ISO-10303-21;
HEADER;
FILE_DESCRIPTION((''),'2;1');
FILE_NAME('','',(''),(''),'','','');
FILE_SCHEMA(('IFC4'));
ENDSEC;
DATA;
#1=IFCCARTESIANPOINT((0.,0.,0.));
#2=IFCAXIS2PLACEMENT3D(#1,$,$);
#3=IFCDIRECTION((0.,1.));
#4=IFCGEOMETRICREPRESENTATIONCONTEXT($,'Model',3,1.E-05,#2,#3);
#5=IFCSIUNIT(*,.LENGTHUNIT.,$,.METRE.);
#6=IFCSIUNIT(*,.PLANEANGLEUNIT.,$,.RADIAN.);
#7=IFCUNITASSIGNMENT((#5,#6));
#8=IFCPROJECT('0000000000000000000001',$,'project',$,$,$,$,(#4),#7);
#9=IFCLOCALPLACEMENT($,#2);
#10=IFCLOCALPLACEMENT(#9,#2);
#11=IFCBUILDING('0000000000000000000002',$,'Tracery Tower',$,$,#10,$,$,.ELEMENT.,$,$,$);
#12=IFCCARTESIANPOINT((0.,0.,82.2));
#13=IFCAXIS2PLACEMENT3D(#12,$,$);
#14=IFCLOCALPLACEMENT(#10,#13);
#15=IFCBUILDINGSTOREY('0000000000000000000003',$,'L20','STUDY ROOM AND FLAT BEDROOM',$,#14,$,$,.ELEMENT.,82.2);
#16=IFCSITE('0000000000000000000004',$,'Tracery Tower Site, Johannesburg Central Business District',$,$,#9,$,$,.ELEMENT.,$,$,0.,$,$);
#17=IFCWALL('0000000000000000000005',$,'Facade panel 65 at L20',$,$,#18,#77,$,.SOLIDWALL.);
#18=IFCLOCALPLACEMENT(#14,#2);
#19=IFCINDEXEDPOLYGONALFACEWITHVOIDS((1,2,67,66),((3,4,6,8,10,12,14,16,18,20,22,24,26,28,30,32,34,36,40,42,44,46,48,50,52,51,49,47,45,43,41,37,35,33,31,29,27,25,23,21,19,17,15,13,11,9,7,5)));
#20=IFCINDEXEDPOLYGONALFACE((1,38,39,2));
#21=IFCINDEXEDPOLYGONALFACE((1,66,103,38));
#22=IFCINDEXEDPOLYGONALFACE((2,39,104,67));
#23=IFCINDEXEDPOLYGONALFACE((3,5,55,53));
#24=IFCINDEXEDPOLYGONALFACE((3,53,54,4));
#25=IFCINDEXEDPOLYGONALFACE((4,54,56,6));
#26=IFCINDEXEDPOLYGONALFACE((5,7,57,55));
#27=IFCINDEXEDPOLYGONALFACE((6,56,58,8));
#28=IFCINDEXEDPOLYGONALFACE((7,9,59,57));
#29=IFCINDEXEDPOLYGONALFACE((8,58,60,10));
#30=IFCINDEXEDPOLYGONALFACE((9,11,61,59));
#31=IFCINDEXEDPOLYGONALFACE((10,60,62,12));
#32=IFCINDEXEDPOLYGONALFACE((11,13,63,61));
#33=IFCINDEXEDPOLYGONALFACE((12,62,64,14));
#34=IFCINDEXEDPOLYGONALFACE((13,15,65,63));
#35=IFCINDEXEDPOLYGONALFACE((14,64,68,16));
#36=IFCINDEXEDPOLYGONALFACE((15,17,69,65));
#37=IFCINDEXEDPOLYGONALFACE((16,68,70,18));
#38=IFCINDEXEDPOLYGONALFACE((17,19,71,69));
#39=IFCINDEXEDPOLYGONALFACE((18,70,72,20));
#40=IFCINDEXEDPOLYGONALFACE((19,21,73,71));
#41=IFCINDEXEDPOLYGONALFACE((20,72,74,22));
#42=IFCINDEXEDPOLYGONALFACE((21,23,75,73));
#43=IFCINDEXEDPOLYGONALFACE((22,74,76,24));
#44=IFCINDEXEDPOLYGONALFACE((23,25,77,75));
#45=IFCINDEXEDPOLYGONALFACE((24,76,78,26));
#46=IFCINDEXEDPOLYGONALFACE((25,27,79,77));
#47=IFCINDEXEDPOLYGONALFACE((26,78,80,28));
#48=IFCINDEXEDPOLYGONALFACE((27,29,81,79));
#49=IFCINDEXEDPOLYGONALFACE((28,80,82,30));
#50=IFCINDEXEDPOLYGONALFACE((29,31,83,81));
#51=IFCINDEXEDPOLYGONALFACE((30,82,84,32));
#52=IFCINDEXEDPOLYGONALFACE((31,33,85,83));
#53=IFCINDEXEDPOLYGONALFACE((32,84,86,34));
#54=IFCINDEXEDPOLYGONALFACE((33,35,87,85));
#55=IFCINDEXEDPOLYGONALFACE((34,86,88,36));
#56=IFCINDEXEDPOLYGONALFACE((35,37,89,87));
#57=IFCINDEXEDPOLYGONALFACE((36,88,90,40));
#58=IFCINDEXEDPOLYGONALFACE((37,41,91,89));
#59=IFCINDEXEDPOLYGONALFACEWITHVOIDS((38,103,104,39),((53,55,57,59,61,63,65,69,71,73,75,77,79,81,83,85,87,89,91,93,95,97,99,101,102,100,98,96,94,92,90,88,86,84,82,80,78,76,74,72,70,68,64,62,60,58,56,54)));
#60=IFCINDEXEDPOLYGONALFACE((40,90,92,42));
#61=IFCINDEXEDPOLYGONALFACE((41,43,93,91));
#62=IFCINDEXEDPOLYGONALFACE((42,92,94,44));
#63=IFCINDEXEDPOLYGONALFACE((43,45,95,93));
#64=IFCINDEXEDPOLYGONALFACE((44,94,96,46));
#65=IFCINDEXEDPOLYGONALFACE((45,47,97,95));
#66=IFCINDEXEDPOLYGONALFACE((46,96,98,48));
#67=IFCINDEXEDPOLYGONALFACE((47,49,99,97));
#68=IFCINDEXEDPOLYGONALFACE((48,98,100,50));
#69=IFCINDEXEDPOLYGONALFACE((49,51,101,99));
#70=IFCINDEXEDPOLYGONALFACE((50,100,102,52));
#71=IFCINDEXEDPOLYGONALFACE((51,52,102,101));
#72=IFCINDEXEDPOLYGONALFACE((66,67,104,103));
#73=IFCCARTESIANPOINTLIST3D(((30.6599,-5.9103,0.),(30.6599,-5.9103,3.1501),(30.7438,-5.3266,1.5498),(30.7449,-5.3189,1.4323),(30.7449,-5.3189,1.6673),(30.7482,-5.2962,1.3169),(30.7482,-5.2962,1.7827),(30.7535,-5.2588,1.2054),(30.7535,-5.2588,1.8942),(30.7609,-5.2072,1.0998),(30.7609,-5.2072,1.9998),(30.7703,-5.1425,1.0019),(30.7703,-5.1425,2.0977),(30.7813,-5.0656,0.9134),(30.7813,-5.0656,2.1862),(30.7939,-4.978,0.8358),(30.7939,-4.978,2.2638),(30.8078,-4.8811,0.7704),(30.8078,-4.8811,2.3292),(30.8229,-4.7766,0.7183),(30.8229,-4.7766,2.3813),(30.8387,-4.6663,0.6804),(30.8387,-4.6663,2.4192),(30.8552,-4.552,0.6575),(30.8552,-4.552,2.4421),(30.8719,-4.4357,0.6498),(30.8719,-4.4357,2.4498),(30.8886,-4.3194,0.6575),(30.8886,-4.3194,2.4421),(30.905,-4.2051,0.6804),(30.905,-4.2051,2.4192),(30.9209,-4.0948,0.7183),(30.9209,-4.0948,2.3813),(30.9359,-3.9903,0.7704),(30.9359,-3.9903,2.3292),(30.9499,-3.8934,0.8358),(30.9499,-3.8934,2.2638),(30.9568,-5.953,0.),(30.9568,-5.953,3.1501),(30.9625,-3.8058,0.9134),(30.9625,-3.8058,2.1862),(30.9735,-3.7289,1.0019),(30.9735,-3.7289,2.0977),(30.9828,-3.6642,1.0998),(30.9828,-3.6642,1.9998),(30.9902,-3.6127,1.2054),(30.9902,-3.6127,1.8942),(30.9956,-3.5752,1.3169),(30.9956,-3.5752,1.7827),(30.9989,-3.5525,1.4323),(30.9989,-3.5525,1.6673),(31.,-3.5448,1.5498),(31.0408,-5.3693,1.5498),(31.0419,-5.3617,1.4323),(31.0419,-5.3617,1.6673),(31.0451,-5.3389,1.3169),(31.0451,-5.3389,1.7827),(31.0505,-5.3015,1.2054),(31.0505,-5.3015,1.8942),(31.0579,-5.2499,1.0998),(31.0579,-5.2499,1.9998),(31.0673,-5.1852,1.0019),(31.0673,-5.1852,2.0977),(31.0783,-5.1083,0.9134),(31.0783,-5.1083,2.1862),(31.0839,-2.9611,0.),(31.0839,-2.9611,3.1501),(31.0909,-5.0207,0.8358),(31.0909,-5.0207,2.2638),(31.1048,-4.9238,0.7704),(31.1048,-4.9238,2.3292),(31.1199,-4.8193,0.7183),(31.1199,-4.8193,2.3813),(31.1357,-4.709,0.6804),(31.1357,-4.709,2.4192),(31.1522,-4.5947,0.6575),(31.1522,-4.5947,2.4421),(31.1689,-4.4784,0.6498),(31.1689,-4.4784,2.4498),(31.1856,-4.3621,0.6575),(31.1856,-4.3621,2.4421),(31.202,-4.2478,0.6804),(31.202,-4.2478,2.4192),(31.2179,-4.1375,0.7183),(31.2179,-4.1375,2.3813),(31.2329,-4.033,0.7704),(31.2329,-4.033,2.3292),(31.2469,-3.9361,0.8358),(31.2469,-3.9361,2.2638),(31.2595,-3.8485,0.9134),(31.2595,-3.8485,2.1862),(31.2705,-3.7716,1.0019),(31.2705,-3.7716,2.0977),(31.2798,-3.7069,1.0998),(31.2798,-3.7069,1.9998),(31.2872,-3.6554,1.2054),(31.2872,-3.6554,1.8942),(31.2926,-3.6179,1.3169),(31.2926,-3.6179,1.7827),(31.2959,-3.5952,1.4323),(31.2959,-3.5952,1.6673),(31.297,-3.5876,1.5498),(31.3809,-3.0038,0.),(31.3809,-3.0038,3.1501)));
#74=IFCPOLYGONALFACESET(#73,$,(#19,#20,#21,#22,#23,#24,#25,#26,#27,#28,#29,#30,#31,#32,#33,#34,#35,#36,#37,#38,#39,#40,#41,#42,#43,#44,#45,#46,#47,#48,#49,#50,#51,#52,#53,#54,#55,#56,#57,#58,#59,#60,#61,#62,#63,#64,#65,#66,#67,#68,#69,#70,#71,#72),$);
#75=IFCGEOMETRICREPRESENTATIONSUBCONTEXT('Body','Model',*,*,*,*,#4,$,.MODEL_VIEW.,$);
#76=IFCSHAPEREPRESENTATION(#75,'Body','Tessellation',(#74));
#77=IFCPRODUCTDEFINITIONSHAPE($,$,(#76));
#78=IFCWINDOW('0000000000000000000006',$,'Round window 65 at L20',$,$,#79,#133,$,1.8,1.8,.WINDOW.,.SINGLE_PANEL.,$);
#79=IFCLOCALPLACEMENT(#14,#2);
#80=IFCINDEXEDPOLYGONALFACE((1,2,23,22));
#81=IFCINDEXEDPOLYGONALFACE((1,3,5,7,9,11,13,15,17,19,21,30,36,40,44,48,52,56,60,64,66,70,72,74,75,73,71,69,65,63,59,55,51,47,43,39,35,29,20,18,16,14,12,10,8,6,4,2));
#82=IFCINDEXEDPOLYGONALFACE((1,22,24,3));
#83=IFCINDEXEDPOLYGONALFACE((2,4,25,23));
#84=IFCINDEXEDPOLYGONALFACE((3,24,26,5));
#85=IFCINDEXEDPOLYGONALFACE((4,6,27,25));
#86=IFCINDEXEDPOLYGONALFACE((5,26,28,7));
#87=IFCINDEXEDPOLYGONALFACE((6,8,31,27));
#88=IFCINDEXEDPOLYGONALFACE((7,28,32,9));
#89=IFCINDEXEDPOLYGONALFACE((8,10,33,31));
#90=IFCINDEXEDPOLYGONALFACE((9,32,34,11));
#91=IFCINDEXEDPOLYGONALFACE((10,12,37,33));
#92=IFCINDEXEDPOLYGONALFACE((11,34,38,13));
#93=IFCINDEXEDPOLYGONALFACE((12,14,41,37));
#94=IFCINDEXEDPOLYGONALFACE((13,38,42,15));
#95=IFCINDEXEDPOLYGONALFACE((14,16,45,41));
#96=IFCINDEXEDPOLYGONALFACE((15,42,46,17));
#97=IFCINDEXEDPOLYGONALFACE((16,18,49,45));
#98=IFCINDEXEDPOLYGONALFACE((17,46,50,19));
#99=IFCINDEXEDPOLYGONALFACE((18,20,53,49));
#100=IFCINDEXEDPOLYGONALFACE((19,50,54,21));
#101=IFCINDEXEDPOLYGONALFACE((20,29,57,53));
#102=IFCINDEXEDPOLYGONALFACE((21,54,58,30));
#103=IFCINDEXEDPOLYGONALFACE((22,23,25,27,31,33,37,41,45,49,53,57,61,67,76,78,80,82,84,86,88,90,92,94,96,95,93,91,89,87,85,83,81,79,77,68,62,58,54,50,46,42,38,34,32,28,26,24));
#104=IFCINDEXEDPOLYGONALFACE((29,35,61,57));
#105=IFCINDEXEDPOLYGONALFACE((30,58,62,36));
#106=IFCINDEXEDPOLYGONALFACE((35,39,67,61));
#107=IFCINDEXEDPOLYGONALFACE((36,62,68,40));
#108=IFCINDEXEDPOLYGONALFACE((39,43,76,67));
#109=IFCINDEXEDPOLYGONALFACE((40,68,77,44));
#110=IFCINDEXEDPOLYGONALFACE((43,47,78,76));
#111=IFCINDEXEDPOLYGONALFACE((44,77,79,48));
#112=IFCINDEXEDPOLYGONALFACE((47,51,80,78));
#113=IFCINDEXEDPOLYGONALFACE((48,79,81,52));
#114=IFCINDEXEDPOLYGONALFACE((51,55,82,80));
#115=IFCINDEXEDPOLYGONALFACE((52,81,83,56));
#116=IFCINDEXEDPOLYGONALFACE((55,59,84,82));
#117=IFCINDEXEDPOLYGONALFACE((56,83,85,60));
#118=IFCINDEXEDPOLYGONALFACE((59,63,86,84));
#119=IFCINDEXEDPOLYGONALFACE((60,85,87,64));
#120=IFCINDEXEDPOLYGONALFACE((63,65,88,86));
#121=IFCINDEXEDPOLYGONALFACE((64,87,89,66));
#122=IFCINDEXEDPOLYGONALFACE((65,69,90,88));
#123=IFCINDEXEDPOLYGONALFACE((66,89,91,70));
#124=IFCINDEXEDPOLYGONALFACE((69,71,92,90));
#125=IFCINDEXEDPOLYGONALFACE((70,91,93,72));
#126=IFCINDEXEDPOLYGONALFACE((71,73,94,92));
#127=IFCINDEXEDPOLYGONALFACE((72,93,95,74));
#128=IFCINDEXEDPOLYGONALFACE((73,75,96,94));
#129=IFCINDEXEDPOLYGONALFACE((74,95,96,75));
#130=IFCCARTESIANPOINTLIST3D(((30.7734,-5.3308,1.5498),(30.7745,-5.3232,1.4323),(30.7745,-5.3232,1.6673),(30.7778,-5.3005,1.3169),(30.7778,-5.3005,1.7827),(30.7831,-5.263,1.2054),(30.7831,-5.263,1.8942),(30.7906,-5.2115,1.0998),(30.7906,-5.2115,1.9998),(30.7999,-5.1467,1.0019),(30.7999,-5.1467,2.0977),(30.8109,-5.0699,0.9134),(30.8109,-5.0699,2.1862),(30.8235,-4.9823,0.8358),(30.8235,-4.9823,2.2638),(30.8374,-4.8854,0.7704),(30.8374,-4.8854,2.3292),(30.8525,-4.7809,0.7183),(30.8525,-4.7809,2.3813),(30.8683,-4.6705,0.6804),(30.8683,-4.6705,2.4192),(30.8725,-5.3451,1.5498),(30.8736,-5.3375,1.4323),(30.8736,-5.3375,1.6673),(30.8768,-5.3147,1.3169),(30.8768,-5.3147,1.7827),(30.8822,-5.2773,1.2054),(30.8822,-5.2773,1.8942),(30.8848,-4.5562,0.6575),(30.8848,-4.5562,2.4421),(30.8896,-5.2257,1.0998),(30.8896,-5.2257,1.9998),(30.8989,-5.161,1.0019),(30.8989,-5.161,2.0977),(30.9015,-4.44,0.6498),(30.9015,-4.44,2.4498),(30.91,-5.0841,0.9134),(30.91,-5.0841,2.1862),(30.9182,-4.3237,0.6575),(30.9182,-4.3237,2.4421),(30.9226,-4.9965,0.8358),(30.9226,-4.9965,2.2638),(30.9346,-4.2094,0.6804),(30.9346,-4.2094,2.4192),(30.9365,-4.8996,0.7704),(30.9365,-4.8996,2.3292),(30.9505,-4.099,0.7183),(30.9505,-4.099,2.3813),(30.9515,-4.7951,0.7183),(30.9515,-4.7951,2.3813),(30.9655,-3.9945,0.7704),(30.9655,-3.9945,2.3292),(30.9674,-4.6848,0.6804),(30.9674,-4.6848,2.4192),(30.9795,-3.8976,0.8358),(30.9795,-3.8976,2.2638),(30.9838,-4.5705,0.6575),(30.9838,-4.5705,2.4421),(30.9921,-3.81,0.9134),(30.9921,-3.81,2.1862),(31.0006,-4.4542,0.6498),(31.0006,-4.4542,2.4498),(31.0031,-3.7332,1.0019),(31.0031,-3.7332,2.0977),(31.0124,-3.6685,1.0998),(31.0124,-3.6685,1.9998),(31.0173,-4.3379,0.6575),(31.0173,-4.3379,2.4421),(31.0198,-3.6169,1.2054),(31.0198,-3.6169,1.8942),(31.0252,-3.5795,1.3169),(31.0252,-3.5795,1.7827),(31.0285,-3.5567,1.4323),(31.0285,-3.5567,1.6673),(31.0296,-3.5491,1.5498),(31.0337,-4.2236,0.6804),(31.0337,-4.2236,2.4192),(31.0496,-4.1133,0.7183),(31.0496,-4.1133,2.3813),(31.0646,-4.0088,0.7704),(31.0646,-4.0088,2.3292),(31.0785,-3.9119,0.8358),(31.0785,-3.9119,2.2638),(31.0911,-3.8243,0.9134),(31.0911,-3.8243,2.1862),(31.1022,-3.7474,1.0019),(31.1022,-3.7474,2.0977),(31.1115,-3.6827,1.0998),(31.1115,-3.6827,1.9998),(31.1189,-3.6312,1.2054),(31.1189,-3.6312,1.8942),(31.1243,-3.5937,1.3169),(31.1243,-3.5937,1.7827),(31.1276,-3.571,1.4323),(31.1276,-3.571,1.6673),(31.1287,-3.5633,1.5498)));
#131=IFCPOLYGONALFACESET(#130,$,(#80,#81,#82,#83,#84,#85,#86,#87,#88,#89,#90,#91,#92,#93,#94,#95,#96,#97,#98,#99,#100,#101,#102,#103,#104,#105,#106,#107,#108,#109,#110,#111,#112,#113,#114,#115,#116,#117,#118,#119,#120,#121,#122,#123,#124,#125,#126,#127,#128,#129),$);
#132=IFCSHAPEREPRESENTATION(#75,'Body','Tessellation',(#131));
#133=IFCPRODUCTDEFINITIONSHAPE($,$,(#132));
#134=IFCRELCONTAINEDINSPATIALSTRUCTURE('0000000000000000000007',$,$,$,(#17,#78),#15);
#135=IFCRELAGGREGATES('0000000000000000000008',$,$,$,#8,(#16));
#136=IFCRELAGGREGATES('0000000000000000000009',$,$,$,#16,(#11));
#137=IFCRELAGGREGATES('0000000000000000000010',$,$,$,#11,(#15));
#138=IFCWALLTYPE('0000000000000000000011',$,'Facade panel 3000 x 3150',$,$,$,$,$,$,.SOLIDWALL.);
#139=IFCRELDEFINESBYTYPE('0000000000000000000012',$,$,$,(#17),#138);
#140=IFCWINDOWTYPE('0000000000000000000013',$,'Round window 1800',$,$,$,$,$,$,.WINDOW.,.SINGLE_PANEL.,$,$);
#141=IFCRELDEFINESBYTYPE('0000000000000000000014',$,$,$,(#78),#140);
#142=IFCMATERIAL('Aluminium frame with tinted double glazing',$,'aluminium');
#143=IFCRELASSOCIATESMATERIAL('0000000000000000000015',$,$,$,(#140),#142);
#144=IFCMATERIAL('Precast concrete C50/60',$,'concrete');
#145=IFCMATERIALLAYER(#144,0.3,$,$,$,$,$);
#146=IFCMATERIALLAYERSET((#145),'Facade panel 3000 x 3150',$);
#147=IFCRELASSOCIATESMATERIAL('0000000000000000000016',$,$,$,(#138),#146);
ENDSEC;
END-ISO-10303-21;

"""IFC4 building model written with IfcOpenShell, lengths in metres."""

from ifc_helpers import new_model, si_unit, direction, frame, frame_2d, origin, origin_2d, place, context, subcontext, project, spatial, rectangle, circle, extrude, material, layer, layer_set, type_object, element, fill, save


model = new_model("IFC4")

# Units and contexts
model_context = context("Model", 3, precision=1e-05, world=origin(), true_north=direction((0.0, 1.0)))
body_context = subcontext(model_context, "Body", "Model", "MODEL_VIEW")
ifc_project = project(units=[si_unit("LENGTHUNIT", "METRE"), si_unit("PLANEANGLEUNIT", "RADIAN")], contexts=[model_context])

# Site, building, storey
site_placement = place(None, origin())
site = spatial("IfcSite", under=ifc_project, at=site_placement, Name="Tracery Tower Site, Johannesburg Central Business District", CompositionType="ELEMENT", RefElevation=0.0)
building_placement = place(site_placement, origin())
building = spatial("IfcBuilding", under=site, at=building_placement, Name="Tracery Tower", CompositionType="ELEMENT")
storey_placement = place(building_placement, frame((0.0, 0.0, 82.2)))
storey = spatial("IfcBuildingStorey", under=building, at=storey_placement, Name="L20", Description="STUDY ROOM AND FLAT BEDROOM", CompositionType="ELEMENT", Elevation=82.2)

# Wall, opening, window
ifc_material_1 = material(Name="Aluminium frame with tinted double glazing", Category="aluminium")
window_type = type_object("IfcWindowType", Name="Round window 1800", PartitioningType="SINGLE_PANEL", PredefinedType="WINDOW", material=ifc_material_1)
ifc_material_2 = material(Name="Precast concrete C50/60", Category="concrete")
ifc_layer_1 = layer(ifc_material_2, 0.3)
ifc_layer_set_1 = layer_set([ifc_layer_1], Name="Facade panel 3000 x 3150")
wall_type_1 = type_object("IfcWallType", Name="Facade panel 3000 x 3150", PredefinedType="SOLIDWALL", material=ifc_layer_set_1)
wall_1_placement = place(storey_placement, frame((30.8083, -5.9316, 0.0), z_axis=(0.0, 0.0, 1.0), x_axis=(0.142328, 0.98982, 0.0)))
wall_1 = element("IfcWall", 1, at=wall_1_placement, inside=storey, type_object=wall_type_1, Name="Facade panel 65 at L20", PredefinedType="SOLIDWALL", context=body_context, shape_type="SweptSolid", body=[
    extrude(rectangle(XDim=2.9795, YDim=0.3, at=frame_2d((1.4897, 0.0))), origin(), (0.0, 0.0, 1.0), 3.1501),
])
opening_1_placement = place(wall_1_placement, frame((1.4897, 0.0, 1.5498)))
opening_1 = element("IfcOpeningElement", 2, at=opening_1_placement, cuts=wall_1, PredefinedType="OPENING", context=body_context, shape_type="SweptSolid", body=[
    extrude(circle(Radius=0.9, at=origin_2d()), frame((0.0, 0.1599, 0.0), z_axis=(0.0, -1.0, 0.0), x_axis=(1.0, 0.0, 0.0)), (0.0, 0.0, 1.0), 0.3201),
])
window_1_placement = place(opening_1_placement, origin())
window_1 = element("IfcWindow", 3, at=window_1_placement, inside=storey, type_object=window_type, Name="Round window 65 at L20", OverallHeight=1.8, OverallWidth=1.8, PartitioningType="SINGLE_PANEL", PredefinedType="WINDOW", context=body_context, shape_type="SweptSolid", body=[
    extrude(circle(Radius=0.9, at=origin_2d()), frame((0.0, 0.1201, 0.0), z_axis=(0.0, -1.0, 0.0), x_axis=(1.0, 0.0, 0.0)), (0.0, 0.0, 1.0), 0.1001),
])
fill(opening_1, window_1)

save(model, "model.ifc")
